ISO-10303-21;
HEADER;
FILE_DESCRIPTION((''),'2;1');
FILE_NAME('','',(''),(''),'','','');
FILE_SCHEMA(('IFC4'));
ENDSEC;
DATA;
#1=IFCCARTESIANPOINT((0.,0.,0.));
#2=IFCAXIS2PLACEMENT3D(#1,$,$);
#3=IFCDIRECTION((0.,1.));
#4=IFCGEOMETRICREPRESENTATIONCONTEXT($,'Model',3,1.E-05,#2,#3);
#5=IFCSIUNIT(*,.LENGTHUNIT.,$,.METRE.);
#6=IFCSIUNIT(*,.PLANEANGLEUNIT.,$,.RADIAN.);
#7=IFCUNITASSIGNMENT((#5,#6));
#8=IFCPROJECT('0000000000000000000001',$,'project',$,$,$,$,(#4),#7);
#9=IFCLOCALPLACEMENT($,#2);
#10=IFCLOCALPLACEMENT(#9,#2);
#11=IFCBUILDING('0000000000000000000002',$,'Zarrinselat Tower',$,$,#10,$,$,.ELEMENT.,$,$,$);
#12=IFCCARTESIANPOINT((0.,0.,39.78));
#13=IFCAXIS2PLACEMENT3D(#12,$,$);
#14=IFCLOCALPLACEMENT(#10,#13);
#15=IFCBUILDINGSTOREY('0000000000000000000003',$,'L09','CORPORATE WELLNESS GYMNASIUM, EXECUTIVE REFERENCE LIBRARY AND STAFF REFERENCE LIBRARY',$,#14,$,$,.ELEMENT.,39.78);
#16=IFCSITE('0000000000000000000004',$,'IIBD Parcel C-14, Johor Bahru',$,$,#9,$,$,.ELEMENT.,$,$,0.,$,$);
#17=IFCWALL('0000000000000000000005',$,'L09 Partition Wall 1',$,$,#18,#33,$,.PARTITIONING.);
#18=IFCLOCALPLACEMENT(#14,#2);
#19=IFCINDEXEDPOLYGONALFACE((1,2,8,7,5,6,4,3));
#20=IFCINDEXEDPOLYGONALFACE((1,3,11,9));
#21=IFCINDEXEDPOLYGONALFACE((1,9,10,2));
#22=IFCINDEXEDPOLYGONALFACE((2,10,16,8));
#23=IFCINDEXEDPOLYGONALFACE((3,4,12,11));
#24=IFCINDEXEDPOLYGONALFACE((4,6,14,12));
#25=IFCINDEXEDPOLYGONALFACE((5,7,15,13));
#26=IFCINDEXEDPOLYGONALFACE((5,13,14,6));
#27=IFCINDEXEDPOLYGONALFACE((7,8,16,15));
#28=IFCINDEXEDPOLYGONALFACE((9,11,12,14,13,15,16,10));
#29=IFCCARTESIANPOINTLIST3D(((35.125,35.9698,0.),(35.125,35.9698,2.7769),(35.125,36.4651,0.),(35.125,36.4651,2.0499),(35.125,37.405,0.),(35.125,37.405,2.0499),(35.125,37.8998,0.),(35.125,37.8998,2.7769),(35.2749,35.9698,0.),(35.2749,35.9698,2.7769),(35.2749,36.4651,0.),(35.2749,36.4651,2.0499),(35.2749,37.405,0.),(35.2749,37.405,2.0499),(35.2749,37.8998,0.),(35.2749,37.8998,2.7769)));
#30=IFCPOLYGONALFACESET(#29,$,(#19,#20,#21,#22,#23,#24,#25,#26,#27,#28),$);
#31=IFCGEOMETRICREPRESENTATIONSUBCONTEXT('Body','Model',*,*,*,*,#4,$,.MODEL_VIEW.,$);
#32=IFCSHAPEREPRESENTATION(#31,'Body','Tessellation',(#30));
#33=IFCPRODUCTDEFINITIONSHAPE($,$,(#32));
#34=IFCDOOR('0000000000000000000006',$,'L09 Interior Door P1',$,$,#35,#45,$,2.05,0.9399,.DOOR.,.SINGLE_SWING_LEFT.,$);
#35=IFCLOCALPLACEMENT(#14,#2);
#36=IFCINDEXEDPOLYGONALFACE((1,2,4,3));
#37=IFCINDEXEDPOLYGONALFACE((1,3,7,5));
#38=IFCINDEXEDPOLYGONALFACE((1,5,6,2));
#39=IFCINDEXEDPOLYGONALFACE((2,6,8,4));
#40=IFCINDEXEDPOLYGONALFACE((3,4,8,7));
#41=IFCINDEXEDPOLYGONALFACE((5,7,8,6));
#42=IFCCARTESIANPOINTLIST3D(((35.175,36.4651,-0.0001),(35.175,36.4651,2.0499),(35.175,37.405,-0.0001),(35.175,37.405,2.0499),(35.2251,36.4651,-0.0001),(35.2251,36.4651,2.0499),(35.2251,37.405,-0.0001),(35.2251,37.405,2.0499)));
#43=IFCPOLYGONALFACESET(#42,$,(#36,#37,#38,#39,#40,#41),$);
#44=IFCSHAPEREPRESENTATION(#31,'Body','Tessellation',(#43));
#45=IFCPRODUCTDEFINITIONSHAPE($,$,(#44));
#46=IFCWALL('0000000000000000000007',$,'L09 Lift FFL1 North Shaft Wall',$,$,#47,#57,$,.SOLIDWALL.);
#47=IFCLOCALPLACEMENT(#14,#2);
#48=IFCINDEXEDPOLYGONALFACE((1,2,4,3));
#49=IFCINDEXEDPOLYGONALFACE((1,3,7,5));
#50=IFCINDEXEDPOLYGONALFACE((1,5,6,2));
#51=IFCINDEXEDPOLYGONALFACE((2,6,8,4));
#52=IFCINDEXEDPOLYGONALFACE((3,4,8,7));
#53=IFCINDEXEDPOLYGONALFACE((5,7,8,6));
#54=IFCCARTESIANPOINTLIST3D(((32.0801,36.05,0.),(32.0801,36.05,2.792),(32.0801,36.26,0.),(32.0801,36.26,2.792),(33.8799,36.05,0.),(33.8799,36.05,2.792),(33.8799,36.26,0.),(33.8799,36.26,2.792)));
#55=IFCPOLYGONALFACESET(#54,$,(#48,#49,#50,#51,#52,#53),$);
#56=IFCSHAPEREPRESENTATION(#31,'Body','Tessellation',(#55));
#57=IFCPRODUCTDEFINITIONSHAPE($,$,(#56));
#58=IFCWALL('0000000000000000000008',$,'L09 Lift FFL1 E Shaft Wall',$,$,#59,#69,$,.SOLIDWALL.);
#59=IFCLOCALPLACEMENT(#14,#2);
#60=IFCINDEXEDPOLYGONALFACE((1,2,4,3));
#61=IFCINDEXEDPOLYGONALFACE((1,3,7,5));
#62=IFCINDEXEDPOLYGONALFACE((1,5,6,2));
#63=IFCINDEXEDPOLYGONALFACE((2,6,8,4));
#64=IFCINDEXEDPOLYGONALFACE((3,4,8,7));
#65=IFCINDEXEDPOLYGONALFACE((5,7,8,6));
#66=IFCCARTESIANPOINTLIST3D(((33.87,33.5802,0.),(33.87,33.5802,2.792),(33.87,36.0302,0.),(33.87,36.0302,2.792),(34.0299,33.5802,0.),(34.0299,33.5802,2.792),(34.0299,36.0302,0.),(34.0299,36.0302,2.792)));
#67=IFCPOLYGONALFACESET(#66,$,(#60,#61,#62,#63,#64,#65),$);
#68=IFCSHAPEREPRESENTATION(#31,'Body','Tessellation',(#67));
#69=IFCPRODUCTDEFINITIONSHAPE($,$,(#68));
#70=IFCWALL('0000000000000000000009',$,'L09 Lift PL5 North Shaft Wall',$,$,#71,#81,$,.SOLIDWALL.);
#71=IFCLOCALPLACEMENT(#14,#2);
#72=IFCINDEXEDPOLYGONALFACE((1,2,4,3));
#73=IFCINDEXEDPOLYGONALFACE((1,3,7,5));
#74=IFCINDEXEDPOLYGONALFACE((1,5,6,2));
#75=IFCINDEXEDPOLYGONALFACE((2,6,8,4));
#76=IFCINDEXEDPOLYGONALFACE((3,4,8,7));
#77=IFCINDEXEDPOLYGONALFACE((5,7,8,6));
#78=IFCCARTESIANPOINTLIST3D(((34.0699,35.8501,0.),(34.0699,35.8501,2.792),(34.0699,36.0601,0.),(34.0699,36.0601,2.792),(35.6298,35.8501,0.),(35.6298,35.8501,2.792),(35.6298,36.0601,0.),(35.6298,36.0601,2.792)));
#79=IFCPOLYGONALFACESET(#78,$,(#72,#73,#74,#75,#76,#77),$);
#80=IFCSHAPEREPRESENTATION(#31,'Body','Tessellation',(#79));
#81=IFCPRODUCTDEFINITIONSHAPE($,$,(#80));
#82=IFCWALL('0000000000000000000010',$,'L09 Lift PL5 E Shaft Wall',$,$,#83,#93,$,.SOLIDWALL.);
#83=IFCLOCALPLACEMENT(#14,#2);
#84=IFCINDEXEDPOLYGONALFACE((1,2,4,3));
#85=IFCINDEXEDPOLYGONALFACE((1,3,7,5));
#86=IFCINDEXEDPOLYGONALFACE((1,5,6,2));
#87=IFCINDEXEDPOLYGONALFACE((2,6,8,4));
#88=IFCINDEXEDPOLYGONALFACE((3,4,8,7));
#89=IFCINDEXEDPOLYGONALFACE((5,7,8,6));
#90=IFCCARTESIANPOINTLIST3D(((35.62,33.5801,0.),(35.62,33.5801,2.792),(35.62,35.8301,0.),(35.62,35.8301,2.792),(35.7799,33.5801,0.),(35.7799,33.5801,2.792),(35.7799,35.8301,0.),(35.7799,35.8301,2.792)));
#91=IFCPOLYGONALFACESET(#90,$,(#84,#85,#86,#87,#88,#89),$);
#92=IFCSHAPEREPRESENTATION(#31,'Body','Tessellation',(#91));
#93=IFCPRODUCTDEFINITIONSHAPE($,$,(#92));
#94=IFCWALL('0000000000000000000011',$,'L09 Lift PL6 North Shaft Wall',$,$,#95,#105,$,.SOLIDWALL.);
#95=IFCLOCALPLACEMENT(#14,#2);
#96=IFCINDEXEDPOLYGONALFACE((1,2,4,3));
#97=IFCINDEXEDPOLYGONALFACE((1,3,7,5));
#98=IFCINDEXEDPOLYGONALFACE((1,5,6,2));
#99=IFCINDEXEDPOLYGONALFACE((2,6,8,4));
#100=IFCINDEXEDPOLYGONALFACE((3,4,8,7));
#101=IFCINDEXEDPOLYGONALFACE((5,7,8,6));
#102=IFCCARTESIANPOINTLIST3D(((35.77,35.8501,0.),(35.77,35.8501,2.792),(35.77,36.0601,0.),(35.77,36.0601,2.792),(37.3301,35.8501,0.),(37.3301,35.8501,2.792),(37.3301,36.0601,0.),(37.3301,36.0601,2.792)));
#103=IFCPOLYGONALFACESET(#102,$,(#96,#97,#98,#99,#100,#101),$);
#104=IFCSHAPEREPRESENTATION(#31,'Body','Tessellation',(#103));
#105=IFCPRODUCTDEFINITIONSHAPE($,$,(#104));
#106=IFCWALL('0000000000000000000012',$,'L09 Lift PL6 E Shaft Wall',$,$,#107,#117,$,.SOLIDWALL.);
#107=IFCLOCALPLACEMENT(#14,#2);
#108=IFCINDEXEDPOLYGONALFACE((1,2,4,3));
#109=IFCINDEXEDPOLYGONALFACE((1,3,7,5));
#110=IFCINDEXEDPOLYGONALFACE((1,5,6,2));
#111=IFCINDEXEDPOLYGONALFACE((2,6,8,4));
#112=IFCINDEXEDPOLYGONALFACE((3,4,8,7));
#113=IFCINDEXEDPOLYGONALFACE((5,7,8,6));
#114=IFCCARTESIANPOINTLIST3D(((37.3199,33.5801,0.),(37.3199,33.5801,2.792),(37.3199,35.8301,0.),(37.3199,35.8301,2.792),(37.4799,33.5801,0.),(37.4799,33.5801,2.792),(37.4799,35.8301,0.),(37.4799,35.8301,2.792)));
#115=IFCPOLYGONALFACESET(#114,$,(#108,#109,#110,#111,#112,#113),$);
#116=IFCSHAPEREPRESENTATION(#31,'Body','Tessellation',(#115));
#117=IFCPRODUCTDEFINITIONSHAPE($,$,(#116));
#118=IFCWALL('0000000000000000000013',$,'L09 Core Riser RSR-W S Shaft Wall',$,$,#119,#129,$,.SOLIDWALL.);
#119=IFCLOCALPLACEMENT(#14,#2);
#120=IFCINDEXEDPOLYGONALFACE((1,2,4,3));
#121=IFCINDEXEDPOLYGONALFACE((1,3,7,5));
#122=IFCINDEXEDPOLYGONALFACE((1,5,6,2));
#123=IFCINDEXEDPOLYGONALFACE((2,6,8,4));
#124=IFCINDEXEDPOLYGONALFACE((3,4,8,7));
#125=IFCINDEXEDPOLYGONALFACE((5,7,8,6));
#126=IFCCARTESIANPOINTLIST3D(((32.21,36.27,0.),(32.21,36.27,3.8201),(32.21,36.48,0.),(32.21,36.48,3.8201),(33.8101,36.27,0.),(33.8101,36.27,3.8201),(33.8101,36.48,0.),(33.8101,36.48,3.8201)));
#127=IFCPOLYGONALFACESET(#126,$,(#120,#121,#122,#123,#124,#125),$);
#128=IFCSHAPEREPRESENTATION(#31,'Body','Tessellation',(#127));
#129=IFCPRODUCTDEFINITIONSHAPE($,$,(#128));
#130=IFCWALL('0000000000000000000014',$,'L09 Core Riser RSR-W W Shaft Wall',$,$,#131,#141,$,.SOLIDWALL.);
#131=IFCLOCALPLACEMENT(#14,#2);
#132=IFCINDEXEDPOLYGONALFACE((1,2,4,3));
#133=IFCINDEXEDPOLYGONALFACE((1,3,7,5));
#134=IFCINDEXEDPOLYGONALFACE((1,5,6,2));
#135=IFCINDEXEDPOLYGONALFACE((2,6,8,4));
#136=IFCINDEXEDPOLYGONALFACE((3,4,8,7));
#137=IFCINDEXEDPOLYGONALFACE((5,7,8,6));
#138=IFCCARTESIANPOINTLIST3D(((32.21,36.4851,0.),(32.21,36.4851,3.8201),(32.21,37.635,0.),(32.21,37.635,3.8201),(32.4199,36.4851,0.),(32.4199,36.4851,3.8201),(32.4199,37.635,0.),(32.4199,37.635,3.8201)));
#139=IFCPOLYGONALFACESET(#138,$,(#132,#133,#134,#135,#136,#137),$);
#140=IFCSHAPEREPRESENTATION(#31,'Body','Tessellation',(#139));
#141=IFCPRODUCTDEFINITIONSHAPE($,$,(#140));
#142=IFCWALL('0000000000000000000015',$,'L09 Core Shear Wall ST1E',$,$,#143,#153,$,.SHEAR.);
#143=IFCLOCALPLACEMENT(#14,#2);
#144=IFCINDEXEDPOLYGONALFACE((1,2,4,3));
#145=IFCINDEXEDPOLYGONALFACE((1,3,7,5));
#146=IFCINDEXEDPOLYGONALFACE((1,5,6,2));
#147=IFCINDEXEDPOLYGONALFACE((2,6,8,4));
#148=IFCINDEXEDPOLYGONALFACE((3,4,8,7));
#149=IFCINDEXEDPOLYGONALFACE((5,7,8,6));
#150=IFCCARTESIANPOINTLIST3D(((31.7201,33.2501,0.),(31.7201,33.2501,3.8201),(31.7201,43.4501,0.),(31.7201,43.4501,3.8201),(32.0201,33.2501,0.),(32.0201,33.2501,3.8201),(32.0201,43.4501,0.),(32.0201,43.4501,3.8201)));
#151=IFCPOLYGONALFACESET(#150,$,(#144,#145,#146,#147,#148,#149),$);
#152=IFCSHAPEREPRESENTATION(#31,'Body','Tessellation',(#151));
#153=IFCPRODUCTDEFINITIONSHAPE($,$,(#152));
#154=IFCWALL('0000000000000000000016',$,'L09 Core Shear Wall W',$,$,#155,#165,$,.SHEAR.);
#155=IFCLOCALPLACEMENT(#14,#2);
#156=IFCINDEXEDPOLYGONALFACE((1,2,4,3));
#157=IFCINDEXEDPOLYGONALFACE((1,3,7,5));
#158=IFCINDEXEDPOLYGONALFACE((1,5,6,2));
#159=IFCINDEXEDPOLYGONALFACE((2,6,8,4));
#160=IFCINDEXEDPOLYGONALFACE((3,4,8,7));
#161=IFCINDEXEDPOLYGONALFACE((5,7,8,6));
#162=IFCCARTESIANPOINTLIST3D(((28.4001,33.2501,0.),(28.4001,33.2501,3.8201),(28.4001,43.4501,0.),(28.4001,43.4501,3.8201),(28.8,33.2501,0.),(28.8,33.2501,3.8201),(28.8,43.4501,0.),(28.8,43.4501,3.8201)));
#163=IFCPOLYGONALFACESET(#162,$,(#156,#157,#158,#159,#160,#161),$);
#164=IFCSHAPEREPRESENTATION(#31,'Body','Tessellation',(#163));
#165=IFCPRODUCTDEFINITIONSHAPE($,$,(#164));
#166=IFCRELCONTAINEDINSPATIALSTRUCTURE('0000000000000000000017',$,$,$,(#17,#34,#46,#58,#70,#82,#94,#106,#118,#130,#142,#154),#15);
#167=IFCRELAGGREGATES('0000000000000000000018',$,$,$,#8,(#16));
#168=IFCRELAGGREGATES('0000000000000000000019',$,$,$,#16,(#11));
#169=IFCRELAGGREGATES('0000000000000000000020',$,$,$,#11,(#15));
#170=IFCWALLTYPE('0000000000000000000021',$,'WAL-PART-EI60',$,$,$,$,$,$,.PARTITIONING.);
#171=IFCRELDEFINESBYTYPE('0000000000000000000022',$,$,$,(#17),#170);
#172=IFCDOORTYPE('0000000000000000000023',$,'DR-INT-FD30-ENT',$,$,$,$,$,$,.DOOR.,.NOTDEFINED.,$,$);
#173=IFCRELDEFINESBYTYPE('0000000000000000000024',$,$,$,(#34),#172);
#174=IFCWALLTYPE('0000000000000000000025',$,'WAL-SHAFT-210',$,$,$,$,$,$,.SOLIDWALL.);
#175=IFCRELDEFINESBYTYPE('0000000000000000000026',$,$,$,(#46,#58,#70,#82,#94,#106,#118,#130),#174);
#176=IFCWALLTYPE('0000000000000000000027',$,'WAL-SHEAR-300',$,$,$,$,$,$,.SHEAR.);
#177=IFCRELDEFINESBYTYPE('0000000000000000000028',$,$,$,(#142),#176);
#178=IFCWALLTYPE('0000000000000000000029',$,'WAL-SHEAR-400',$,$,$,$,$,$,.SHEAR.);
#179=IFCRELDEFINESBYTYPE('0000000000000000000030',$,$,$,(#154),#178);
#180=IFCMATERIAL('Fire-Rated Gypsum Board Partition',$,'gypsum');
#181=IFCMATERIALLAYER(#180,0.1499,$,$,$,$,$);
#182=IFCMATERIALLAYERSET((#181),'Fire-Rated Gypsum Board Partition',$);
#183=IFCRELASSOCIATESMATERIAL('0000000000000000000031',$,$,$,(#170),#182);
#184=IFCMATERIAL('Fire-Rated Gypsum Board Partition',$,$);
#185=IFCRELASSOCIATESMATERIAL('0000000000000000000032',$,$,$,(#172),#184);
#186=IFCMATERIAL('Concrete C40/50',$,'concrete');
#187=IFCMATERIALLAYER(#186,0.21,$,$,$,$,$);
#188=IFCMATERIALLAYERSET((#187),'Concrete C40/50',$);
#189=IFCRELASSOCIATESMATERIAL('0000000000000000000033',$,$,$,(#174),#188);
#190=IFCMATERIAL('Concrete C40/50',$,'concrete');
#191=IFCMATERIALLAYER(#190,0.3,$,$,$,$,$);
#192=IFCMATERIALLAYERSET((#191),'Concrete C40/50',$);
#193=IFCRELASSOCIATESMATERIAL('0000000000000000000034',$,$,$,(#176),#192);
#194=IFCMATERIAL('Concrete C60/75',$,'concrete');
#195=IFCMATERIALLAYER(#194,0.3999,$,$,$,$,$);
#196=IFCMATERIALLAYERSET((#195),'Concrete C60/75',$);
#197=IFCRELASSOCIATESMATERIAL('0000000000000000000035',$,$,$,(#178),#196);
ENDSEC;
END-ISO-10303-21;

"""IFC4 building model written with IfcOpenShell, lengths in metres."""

from ifc_helpers import new_model, si_unit, direction, frame, frame_2d, origin, place, context, subcontext, project, spatial, rectangle, extrude, material, layer, layer_set, type_object, element, fill, save


model = new_model("IFC4")

# Units and contexts
model_context = context("Model", 3, precision=1e-05, world=origin(), true_north=direction((0.0, 1.0)))
body_context = subcontext(model_context, "Body", "Model", "MODEL_VIEW")
ifc_project = project(units=[si_unit("LENGTHUNIT", "METRE"), si_unit("PLANEANGLEUNIT", "RADIAN")], contexts=[model_context])

# Site, building, storey
site_placement = place(None, origin())
site = spatial("IfcSite", under=ifc_project, at=site_placement, Name="IIBD Parcel C-14, Johor Bahru", CompositionType="ELEMENT", RefElevation=0.0)
building_placement = place(site_placement, origin())
building = spatial("IfcBuilding", under=site, at=building_placement, Name="Zarrinselat Tower", CompositionType="ELEMENT")
storey_placement = place(building_placement, frame((0.0, 0.0, 39.78)))
storey = spatial("IfcBuildingStorey", under=building, at=storey_placement, Name="L09", Description="CORPORATE WELLNESS GYMNASIUM, EXECUTIVE REFERENCE LIBRARY AND STAFF REFERENCE LIBRARY", CompositionType="ELEMENT", Elevation=39.78)

# Wall, opening, door
ifc_material_1 = material(Name="Fire-Rated Gypsum Board Partition", Category="gypsum")
ifc_layer_1 = layer(ifc_material_1, 0.1499)
ifc_layer_set_1 = layer_set([ifc_layer_1], Name="Fire-Rated Gypsum Board Partition")
wall_type_1 = type_object("IfcWallType", Name="WAL-PART-EI60", PredefinedType="PARTITIONING", material=ifc_layer_set_1)
wall_1_placement = place(storey_placement, frame((35.2, 35.97, 0.0), z_axis=(0.0, 0.0, 1.0), x_axis=(0.0, 1.0, 0.0)))
wall_1 = element("IfcWall", 1, at=wall_1_placement, inside=storey, type_object=wall_type_1, Name="L09 Partition Wall 1", PredefinedType="PARTITIONING", context=body_context, shape_type="SweptSolid", body=[
    extrude(rectangle(XDim=1.9299, YDim=0.1499, at=frame_2d((0.9648, 0.0))), origin(), (0.0, 0.0, 1.0), 2.7769),
])
opening_1_placement = place(wall_1_placement, frame((0.4951, 0.0, 0.0)))
opening_1 = element("IfcOpeningElement", 2, at=opening_1_placement, cuts=wall_1, PredefinedType="OPENING", context=body_context, shape_type="SweptSolid", body=[
    extrude(rectangle(XDim=0.9399, YDim=2.05, at=frame_2d((0.47, 1.0249))), frame((0.0, 0.085, 0.0), z_axis=(0.0, -1.0, 0.0), x_axis=(1.0, 0.0, 0.0)), (0.0, 0.0, 1.0), 0.1699),
])
ifc_material_2 = material(Name="Fire-Rated Gypsum Board Partition")
door_type_1 = type_object("IfcDoorType", Name="DR-INT-FD30-ENT", OperationType="NOTDEFINED", PredefinedType="DOOR", material=ifc_material_2)
door_1_placement = place(opening_1_placement, origin())
door_1 = element("IfcDoor", 3, at=door_1_placement, inside=storey, type_object=door_type_1, Name="L09 Interior Door P1", OperationType="SINGLE_SWING_LEFT", OverallHeight=2.05, OverallWidth=0.9399, PredefinedType="DOOR", context=body_context, shape_type="SweptSolid", body=[
    extrude(rectangle(XDim=0.9399, YDim=2.05, at=frame_2d((0.47, 1.0249))), frame((0.0, 0.0249, 0.0), z_axis=(0.0, -1.0, 0.0), x_axis=(1.0, 0.0, 0.0)), (0.0, 0.0, 1.0), 0.05),
])
fill(opening_1, door_1)

# Walls
ifc_material_3 = material(Name="Concrete C40/50", Category="concrete")
ifc_layer_2 = layer(ifc_material_3, 0.21)
ifc_layer_set_2 = layer_set([ifc_layer_2], Name="Concrete C40/50")
wall_type_2 = type_object("IfcWallType", Name="WAL-SHAFT-210", PredefinedType="SOLIDWALL", material=ifc_layer_set_2)
wall_2_placement = place(storey_placement, frame((32.0801, 36.155, 0.0), z_axis=(0.0, 0.0, 1.0), x_axis=(1.0, 0.0, 0.0)))
element("IfcWall", 4, at=wall_2_placement, inside=storey, type_object=wall_type_2, Name="L09 Lift FFL1 North Shaft Wall", PredefinedType="SOLIDWALL", context=body_context, shape_type="SweptSolid", body=[
    extrude(rectangle(XDim=1.7998, YDim=0.21, at=frame_2d((0.8999, 0.0))), origin(), (0.0, 0.0, 1.0), 2.792),
])
wall_3_placement = place(storey_placement, frame((33.95, 33.5801, 0.0), z_axis=(0.0, 0.0, 1.0), x_axis=(0.0, 1.0, 0.0)))
element("IfcWall", 5, at=wall_3_placement, inside=storey, type_object=wall_type_2, Name="L09 Lift FFL1 E Shaft Wall", PredefinedType="SOLIDWALL", context=body_context, shape_type="SweptSolid", body=[
    extrude(rectangle(XDim=2.45, YDim=0.1599, at=frame_2d((1.2251, 0.0))), origin(), (0.0, 0.0, 1.0), 2.792),
])
wall_4_placement = place(storey_placement, frame((34.0701, 35.9551, 0.0), z_axis=(0.0, 0.0, 1.0), x_axis=(1.0, 0.0, 0.0)))
element("IfcWall", 6, at=wall_4_placement, inside=storey, type_object=wall_type_2, Name="L09 Lift PL5 North Shaft Wall", PredefinedType="SOLIDWALL", context=body_context, shape_type="SweptSolid", body=[
    extrude(rectangle(XDim=1.5598, YDim=0.21, at=frame_2d((0.7798, 0.0))), origin(), (0.0, 0.0, 1.0), 2.792),
])
wall_5_placement = place(storey_placement, frame((35.7, 33.5801, 0.0), z_axis=(0.0, 0.0, 1.0), x_axis=(0.0, 1.0, 0.0)))
element("IfcWall", 7, at=wall_5_placement, inside=storey, type_object=wall_type_2, Name="L09 Lift PL5 E Shaft Wall", PredefinedType="SOLIDWALL", context=body_context, shape_type="SweptSolid", body=[
    extrude(rectangle(XDim=2.25, YDim=0.1599, at=frame_2d((1.125, 0.0))), origin(), (0.0, 0.0, 1.0), 2.792),
])
wall_6_placement = place(storey_placement, frame((35.77, 35.9551, 0.0), z_axis=(0.0, 0.0, 1.0), x_axis=(1.0, 0.0, 0.0)))
element("IfcWall", 8, at=wall_6_placement, inside=storey, type_object=wall_type_2, Name="L09 Lift PL6 North Shaft Wall", PredefinedType="SOLIDWALL", context=body_context, shape_type="SweptSolid", body=[
    extrude(rectangle(XDim=1.5601, YDim=0.21, at=frame_2d((0.78, 0.0))), origin(), (0.0, 0.0, 1.0), 2.792),
])
wall_7_placement = place(storey_placement, frame((37.3999, 33.5801, 0.0), z_axis=(0.0, 0.0, 1.0), x_axis=(0.0, 1.0, 0.0)))
element("IfcWall", 9, at=wall_7_placement, inside=storey, type_object=wall_type_2, Name="L09 Lift PL6 E Shaft Wall", PredefinedType="SOLIDWALL", context=body_context, shape_type="SweptSolid", body=[
    extrude(rectangle(XDim=2.25, YDim=0.1599, at=frame_2d((1.125, 0.0))), origin(), (0.0, 0.0, 1.0), 2.792),
])
wall_8_placement = place(storey_placement, frame((32.21, 36.375, 0.0), z_axis=(0.0, 0.0, 1.0), x_axis=(1.0, 0.0, 0.0)))
element("IfcWall", 10, at=wall_8_placement, inside=storey, type_object=wall_type_2, Name="L09 Core Riser RSR-W S Shaft Wall", PredefinedType="SOLIDWALL", context=body_context, shape_type="SweptSolid", body=[
    extrude(rectangle(XDim=1.6001, YDim=0.21, at=frame_2d((0.8, 0.0))), origin(), (0.0, 0.0, 1.0), 3.8201),
])
wall_9_placement = place(storey_placement, frame((32.3149, 36.4851, 0.0), z_axis=(0.0, 0.0, 1.0), x_axis=(0.0, 1.0, 0.0)))
element("IfcWall", 11, at=wall_9_placement, inside=storey, type_object=wall_type_2, Name="L09 Core Riser RSR-W W Shaft Wall", PredefinedType="SOLIDWALL", context=body_context, shape_type="SweptSolid", body=[
    extrude(rectangle(XDim=1.1499, YDim=0.21, at=frame_2d((0.575, 0.0))), origin(), (0.0, 0.0, 1.0), 3.8201),
])
ifc_material_4 = material(Name="Concrete C40/50", Category="concrete")
ifc_layer_3 = layer(ifc_material_4, 0.3)
ifc_layer_set_3 = layer_set([ifc_layer_3], Name="Concrete C40/50")
wall_type_3 = type_object("IfcWallType", Name="WAL-SHEAR-300", PredefinedType="SHEAR", material=ifc_layer_set_3)
wall_10_placement = place(storey_placement, frame((31.8701, 33.25, 0.0), z_axis=(0.0, 0.0, 1.0), x_axis=(0.0, 1.0, 0.0)))
element("IfcWall", 12, at=wall_10_placement, inside=storey, type_object=wall_type_3, Name="L09 Core Shear Wall ST1E", PredefinedType="SHEAR", context=body_context, shape_type="SweptSolid", body=[
    extrude(rectangle(XDim=10.2, YDim=0.3, at=frame_2d((5.1001, 0.0))), origin(), (0.0, 0.0, 1.0), 3.8201),
])

# Shared definitions
ifc_material_5 = material(Name="Concrete C60/75", Category="concrete")
ifc_layer_4 = layer(ifc_material_5, 0.3999)
ifc_layer_set_4 = layer_set([ifc_layer_4], Name="Concrete C60/75")
wall_type_4 = type_object("IfcWallType", Name="WAL-SHEAR-400", PredefinedType="SHEAR", material=ifc_layer_set_4)

# Wall
wall_11_placement = place(storey_placement, frame((28.6001, 33.25, 0.0), z_axis=(0.0, 0.0, 1.0), x_axis=(0.0, 1.0, 0.0)))
element("IfcWall", 13, at=wall_11_placement, inside=storey, type_object=wall_type_4, Name="L09 Core Shear Wall W", PredefinedType="SHEAR", context=body_context, shape_type="SweptSolid", body=[
    extrude(rectangle(XDim=10.2, YDim=0.3999, at=frame_2d((5.1001, 0.0))), origin(), (0.0, 0.0, 1.0), 3.8201),
])

save(model, "model.ifc")
